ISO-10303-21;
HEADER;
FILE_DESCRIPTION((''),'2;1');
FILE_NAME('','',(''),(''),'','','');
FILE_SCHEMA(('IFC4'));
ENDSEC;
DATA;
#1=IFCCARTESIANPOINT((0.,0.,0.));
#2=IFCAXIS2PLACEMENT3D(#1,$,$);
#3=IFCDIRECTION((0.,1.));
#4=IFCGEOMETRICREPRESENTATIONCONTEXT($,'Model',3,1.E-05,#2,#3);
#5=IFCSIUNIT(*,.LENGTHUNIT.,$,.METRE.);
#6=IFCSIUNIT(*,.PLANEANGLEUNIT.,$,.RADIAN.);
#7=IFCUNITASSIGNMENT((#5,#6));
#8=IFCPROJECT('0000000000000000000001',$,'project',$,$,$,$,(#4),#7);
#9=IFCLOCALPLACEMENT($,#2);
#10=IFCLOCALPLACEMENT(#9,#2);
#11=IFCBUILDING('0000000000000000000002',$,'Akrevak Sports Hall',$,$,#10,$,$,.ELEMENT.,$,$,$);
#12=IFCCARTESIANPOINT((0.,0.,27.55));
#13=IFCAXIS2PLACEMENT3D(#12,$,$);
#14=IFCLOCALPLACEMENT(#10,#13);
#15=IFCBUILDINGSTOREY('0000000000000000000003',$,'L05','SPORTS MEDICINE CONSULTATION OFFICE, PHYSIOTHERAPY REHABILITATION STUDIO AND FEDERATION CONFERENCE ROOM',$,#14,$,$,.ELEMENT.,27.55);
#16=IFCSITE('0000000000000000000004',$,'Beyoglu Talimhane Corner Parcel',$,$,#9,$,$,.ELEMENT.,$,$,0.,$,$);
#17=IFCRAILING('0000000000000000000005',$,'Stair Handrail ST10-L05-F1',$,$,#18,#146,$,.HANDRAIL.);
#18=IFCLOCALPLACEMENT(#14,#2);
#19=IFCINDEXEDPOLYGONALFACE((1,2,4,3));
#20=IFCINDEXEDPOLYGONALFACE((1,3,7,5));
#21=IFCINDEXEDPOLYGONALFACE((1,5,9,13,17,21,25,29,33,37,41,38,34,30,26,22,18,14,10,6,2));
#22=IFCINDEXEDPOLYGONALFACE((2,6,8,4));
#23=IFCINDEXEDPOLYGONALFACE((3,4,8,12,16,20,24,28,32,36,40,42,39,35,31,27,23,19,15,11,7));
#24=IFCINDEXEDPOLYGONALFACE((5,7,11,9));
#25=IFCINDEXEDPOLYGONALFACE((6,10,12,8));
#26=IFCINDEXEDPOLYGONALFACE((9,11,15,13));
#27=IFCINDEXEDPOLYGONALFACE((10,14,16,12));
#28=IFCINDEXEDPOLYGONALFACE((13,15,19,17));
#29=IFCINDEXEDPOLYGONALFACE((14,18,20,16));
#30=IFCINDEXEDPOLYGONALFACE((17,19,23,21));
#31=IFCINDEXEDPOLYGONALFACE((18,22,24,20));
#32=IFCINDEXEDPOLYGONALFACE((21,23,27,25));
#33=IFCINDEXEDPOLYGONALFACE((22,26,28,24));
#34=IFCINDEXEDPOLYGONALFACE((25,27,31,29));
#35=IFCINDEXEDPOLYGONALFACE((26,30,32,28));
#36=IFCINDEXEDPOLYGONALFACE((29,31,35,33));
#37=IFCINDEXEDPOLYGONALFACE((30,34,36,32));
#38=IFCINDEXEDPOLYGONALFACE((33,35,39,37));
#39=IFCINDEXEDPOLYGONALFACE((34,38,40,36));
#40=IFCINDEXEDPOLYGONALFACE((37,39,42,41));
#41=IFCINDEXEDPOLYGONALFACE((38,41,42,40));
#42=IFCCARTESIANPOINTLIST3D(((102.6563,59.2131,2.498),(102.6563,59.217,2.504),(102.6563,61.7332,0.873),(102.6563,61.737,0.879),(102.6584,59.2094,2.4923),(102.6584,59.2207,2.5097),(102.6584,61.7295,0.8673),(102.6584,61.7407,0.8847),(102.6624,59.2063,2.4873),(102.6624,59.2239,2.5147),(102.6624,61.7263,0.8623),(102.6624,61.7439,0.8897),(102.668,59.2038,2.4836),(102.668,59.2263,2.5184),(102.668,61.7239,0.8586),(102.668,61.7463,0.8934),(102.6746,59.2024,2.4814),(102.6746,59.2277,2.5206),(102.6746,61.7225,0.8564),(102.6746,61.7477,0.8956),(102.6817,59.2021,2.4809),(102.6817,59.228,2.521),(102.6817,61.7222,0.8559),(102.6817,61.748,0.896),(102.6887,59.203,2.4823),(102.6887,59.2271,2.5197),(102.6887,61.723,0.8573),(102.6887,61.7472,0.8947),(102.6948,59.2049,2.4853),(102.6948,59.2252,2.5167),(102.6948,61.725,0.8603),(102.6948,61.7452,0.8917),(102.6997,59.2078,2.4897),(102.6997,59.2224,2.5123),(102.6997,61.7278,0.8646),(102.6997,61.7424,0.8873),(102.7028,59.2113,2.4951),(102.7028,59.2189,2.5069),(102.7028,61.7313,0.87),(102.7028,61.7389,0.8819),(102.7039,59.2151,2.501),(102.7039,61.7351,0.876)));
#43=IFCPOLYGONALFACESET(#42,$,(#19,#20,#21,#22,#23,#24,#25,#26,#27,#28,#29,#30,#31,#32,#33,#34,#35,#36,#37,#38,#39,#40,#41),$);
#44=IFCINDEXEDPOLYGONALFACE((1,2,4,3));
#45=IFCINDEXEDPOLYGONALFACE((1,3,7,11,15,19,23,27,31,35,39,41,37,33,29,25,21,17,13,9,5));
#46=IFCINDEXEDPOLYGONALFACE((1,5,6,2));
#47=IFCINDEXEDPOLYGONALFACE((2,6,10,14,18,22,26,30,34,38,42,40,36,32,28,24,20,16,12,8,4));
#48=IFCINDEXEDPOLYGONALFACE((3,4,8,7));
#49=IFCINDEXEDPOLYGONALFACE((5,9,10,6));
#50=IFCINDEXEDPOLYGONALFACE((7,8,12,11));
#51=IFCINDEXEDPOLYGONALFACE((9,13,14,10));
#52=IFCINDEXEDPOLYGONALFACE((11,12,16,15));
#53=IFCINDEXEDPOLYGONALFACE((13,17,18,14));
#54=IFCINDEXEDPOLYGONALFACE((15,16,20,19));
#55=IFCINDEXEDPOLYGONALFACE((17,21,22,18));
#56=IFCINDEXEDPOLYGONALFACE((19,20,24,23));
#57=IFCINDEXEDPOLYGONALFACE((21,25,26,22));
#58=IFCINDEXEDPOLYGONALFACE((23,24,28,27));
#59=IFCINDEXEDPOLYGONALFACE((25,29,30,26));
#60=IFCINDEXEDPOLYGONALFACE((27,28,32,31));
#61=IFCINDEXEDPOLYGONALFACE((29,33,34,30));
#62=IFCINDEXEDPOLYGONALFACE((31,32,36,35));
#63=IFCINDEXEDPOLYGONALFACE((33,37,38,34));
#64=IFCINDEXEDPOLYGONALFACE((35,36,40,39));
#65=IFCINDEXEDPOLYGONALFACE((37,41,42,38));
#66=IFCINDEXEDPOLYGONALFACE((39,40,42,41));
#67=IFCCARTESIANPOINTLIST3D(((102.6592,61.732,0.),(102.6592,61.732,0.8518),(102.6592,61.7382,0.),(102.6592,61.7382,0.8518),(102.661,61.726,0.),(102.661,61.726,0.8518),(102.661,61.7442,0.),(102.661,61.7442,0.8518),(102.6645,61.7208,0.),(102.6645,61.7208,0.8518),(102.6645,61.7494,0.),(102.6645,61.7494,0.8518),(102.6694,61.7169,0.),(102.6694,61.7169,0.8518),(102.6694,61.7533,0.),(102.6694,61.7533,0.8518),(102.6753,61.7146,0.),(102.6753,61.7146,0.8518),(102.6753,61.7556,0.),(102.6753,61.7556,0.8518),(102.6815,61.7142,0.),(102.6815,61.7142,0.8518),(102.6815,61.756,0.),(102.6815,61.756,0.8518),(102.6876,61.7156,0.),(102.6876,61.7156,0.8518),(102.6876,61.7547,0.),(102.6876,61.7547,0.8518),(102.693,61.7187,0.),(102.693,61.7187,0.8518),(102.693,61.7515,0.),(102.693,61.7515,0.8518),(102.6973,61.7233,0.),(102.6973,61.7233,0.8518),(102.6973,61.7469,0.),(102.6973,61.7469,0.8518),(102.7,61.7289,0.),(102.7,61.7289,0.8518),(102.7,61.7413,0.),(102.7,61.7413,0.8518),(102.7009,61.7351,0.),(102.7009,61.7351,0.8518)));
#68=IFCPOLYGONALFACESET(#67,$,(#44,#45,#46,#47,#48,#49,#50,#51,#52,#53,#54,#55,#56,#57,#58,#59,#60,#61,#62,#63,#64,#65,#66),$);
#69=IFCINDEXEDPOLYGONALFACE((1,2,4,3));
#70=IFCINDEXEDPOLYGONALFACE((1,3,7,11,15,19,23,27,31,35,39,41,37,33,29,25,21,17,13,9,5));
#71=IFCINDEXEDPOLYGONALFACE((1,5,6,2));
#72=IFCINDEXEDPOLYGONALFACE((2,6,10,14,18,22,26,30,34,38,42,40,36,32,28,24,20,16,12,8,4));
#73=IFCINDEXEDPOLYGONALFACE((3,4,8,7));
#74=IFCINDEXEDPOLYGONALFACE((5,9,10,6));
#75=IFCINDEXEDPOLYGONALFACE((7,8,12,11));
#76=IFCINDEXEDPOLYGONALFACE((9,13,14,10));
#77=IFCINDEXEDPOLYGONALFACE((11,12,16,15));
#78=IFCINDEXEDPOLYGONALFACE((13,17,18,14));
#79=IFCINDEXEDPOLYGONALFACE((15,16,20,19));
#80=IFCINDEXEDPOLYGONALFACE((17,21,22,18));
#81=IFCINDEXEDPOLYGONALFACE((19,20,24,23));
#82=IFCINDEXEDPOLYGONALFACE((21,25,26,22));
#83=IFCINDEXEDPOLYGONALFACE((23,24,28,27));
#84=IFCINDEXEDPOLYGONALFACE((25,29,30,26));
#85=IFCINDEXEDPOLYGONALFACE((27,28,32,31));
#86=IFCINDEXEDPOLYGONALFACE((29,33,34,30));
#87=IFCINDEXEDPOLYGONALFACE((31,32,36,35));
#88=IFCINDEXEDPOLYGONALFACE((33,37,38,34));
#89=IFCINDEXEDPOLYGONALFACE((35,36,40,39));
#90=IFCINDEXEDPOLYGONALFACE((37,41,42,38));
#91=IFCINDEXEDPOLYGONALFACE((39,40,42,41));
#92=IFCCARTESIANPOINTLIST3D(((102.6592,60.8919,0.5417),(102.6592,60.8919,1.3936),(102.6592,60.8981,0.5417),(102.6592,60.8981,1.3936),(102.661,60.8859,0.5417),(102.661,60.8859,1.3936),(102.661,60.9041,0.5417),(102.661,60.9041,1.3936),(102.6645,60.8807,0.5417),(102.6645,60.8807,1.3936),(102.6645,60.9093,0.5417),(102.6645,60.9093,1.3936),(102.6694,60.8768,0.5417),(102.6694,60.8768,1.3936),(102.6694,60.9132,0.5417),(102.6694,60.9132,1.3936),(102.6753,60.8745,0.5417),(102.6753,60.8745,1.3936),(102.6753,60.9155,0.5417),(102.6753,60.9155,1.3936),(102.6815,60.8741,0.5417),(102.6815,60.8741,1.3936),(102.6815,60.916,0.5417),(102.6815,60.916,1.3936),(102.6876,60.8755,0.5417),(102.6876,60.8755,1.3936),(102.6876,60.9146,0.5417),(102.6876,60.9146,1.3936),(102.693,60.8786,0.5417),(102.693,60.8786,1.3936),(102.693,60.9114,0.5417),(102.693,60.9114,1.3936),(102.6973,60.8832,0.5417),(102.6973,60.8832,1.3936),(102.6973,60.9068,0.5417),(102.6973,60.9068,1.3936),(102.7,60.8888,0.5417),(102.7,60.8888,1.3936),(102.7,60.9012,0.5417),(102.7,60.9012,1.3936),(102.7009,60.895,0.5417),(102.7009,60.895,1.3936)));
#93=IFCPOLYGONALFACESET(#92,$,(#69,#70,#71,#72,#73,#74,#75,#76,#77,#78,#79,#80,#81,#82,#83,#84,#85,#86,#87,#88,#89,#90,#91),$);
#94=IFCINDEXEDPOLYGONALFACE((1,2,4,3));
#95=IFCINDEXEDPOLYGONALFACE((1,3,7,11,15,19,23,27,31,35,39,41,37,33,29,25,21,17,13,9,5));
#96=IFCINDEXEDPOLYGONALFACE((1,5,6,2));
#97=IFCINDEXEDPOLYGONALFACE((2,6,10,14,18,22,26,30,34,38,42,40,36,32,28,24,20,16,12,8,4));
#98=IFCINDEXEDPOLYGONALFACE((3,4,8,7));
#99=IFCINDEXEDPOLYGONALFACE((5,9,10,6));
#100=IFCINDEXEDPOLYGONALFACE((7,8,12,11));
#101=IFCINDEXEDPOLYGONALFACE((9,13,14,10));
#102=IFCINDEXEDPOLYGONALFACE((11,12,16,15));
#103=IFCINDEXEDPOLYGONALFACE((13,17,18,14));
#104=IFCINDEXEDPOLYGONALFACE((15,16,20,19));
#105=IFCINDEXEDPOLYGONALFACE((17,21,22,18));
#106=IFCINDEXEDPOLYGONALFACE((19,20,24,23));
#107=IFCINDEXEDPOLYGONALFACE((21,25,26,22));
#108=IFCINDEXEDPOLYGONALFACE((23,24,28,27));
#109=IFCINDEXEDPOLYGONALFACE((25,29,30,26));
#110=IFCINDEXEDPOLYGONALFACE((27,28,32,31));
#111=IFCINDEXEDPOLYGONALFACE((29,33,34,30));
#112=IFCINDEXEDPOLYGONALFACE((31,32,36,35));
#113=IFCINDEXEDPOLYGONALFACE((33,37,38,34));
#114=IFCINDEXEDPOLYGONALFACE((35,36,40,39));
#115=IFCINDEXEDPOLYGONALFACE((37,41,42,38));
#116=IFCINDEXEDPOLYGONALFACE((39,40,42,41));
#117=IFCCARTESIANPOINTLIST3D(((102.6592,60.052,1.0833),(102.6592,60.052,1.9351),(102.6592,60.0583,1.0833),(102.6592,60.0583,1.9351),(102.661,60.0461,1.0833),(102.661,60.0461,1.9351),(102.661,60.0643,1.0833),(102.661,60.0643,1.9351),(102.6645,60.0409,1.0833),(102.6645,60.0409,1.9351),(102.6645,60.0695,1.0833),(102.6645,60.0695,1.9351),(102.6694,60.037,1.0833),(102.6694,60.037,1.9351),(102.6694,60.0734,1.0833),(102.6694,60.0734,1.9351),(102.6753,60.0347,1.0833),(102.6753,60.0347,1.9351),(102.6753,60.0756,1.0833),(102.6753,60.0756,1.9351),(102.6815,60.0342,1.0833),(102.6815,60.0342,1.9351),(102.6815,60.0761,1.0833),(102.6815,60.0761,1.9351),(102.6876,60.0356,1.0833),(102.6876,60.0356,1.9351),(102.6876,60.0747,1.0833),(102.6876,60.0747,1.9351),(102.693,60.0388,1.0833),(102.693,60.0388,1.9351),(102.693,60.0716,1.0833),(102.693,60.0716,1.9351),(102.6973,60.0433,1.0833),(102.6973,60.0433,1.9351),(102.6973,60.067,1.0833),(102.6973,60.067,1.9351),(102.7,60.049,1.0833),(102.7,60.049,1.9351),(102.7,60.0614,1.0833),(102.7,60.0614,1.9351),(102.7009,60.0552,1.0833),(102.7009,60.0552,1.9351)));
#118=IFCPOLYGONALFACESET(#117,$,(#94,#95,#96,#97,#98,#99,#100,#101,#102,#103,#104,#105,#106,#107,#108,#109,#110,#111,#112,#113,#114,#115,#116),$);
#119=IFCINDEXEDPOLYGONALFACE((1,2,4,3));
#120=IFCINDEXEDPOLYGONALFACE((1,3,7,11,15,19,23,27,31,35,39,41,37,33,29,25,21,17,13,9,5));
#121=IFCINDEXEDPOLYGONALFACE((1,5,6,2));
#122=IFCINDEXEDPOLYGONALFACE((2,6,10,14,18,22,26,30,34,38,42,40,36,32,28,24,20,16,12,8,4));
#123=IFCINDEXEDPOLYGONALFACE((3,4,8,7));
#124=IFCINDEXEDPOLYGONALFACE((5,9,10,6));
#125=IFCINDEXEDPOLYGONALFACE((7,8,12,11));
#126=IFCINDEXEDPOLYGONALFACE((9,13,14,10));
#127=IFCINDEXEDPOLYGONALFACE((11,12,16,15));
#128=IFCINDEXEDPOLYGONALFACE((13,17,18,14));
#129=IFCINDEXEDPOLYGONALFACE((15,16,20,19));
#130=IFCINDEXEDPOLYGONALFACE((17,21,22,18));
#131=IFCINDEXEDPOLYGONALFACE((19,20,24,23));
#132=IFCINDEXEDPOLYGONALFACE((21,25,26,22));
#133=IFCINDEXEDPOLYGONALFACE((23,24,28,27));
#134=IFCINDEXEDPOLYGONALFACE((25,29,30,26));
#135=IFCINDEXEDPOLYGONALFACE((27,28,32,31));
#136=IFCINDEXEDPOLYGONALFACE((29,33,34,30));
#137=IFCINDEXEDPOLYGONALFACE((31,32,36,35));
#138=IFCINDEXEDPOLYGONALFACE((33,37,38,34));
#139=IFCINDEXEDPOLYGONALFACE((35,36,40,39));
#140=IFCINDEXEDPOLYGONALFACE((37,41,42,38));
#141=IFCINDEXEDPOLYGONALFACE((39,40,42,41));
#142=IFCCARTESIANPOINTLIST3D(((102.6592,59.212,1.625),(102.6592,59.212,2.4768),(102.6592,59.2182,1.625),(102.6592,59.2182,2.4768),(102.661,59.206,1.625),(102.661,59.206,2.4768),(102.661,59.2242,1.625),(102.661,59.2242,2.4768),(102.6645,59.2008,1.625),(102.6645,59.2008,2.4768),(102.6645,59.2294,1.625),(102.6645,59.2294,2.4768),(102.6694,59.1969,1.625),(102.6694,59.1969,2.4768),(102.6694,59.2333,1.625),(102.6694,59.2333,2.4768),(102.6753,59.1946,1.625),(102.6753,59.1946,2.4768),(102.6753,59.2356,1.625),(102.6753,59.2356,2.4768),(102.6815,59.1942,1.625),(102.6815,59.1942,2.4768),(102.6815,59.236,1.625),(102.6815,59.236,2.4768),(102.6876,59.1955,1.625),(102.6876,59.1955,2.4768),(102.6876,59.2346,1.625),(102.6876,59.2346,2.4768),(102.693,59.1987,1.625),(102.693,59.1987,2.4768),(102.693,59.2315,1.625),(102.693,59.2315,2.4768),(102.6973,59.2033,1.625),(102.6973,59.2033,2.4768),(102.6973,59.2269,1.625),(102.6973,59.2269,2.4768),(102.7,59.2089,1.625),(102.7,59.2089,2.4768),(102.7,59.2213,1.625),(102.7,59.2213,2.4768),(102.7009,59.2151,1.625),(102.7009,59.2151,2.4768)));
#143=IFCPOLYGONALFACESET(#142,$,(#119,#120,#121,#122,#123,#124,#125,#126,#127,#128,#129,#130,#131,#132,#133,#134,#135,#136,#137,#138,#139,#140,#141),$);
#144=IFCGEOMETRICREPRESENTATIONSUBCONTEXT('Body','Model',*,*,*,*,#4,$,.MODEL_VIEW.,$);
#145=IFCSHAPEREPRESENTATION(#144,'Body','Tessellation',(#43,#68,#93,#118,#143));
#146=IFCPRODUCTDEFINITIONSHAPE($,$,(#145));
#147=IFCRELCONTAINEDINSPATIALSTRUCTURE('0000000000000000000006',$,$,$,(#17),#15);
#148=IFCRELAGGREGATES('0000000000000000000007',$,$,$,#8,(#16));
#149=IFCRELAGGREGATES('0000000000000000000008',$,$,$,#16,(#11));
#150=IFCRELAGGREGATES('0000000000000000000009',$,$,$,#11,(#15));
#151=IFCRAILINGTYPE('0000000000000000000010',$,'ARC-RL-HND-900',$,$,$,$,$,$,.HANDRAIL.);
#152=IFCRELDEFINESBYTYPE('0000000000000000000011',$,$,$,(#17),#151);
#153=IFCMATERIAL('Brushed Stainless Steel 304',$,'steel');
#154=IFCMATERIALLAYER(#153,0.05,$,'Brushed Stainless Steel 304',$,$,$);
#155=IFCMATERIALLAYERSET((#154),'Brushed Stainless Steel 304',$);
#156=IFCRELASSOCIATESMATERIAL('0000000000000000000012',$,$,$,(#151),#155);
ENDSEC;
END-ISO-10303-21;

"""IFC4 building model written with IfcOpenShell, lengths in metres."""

from ifc_helpers import new_model, si_unit, direction, frame, origin, origin_2d, place, context, subcontext, project, spatial, circle, extrude, material, layer, layer_set, type_object, element, save


model = new_model("IFC4")

# Units and contexts
model_context = context("Model", 3, precision=1e-05, world=origin(), true_north=direction((0.0, 1.0)))
body_context = subcontext(model_context, "Body", "Model", "MODEL_VIEW")
ifc_project = project(units=[si_unit("LENGTHUNIT", "METRE"), si_unit("PLANEANGLEUNIT", "RADIAN")], contexts=[model_context])

# Site, building, storey
site_placement = place(None, origin())
site = spatial("IfcSite", under=ifc_project, at=site_placement, Name="Beyoglu Talimhane Corner Parcel", CompositionType="ELEMENT", RefElevation=0.0)
building_placement = place(site_placement, origin())
building = spatial("IfcBuilding", under=site, at=building_placement, Name="Akrevak Sports Hall", CompositionType="ELEMENT")
storey_placement = place(building_placement, frame((0.0, 0.0, 27.55)))
storey = spatial("IfcBuildingStorey", under=building, at=storey_placement, Name="L05", Description="SPORTS MEDICINE CONSULTATION OFFICE, PHYSIOTHERAPY REHABILITATION STUDIO AND FEDERATION CONFERENCE ROOM", CompositionType="ELEMENT", Elevation=27.55)

# Railing
ifc_material_1 = material(Name="Brushed Stainless Steel 304", Category="steel")
ifc_layer_1 = layer(ifc_material_1, 0.05, Name="Brushed Stainless Steel 304")
ifc_layer_set_1 = layer_set([ifc_layer_1], Name="Brushed Stainless Steel 304")
railing_type = type_object("IfcRailingType", Name="ARC-RL-HND-900", PredefinedType="HANDRAIL", material=ifc_layer_set_1)
railing_placement = place(storey_placement, frame((102.6799, 61.7351, 0.0)))
element("IfcRailing", 1, at=railing_placement, inside=storey, type_object=railing_type, Name="Stair Handrail ST10-L05-F1", PredefinedType="HANDRAIL", context=body_context, shape_type="SweptSolid", body=[
    extrude(circle(Radius=0.0239, at=origin_2d()), frame((0.0, 0.0, 0.876), z_axis=(0.0, -0.840421, 0.541934), x_axis=(1.0, 0.0, 0.0)), (0.0, 0.0, 1.0), 2.9985),
    extrude(circle(Radius=0.021, at=origin_2d()), origin(), (0.0, 0.0, 1.0), 0.8518),
    extrude(circle(Radius=0.021, at=origin_2d()), frame((0.0, -0.8401, 0.5417)), (0.0, 0.0, 1.0), 0.8518),
    extrude(circle(Radius=0.021, at=origin_2d()), frame((0.0, -1.6799, 1.0833)), (0.0, 0.0, 1.0), 0.8518),
    extrude(circle(Radius=0.021, at=origin_2d()), frame((0.0, -2.52, 1.625)), (0.0, 0.0, 1.0), 0.8518),
])

save(model, "model.ifc")
